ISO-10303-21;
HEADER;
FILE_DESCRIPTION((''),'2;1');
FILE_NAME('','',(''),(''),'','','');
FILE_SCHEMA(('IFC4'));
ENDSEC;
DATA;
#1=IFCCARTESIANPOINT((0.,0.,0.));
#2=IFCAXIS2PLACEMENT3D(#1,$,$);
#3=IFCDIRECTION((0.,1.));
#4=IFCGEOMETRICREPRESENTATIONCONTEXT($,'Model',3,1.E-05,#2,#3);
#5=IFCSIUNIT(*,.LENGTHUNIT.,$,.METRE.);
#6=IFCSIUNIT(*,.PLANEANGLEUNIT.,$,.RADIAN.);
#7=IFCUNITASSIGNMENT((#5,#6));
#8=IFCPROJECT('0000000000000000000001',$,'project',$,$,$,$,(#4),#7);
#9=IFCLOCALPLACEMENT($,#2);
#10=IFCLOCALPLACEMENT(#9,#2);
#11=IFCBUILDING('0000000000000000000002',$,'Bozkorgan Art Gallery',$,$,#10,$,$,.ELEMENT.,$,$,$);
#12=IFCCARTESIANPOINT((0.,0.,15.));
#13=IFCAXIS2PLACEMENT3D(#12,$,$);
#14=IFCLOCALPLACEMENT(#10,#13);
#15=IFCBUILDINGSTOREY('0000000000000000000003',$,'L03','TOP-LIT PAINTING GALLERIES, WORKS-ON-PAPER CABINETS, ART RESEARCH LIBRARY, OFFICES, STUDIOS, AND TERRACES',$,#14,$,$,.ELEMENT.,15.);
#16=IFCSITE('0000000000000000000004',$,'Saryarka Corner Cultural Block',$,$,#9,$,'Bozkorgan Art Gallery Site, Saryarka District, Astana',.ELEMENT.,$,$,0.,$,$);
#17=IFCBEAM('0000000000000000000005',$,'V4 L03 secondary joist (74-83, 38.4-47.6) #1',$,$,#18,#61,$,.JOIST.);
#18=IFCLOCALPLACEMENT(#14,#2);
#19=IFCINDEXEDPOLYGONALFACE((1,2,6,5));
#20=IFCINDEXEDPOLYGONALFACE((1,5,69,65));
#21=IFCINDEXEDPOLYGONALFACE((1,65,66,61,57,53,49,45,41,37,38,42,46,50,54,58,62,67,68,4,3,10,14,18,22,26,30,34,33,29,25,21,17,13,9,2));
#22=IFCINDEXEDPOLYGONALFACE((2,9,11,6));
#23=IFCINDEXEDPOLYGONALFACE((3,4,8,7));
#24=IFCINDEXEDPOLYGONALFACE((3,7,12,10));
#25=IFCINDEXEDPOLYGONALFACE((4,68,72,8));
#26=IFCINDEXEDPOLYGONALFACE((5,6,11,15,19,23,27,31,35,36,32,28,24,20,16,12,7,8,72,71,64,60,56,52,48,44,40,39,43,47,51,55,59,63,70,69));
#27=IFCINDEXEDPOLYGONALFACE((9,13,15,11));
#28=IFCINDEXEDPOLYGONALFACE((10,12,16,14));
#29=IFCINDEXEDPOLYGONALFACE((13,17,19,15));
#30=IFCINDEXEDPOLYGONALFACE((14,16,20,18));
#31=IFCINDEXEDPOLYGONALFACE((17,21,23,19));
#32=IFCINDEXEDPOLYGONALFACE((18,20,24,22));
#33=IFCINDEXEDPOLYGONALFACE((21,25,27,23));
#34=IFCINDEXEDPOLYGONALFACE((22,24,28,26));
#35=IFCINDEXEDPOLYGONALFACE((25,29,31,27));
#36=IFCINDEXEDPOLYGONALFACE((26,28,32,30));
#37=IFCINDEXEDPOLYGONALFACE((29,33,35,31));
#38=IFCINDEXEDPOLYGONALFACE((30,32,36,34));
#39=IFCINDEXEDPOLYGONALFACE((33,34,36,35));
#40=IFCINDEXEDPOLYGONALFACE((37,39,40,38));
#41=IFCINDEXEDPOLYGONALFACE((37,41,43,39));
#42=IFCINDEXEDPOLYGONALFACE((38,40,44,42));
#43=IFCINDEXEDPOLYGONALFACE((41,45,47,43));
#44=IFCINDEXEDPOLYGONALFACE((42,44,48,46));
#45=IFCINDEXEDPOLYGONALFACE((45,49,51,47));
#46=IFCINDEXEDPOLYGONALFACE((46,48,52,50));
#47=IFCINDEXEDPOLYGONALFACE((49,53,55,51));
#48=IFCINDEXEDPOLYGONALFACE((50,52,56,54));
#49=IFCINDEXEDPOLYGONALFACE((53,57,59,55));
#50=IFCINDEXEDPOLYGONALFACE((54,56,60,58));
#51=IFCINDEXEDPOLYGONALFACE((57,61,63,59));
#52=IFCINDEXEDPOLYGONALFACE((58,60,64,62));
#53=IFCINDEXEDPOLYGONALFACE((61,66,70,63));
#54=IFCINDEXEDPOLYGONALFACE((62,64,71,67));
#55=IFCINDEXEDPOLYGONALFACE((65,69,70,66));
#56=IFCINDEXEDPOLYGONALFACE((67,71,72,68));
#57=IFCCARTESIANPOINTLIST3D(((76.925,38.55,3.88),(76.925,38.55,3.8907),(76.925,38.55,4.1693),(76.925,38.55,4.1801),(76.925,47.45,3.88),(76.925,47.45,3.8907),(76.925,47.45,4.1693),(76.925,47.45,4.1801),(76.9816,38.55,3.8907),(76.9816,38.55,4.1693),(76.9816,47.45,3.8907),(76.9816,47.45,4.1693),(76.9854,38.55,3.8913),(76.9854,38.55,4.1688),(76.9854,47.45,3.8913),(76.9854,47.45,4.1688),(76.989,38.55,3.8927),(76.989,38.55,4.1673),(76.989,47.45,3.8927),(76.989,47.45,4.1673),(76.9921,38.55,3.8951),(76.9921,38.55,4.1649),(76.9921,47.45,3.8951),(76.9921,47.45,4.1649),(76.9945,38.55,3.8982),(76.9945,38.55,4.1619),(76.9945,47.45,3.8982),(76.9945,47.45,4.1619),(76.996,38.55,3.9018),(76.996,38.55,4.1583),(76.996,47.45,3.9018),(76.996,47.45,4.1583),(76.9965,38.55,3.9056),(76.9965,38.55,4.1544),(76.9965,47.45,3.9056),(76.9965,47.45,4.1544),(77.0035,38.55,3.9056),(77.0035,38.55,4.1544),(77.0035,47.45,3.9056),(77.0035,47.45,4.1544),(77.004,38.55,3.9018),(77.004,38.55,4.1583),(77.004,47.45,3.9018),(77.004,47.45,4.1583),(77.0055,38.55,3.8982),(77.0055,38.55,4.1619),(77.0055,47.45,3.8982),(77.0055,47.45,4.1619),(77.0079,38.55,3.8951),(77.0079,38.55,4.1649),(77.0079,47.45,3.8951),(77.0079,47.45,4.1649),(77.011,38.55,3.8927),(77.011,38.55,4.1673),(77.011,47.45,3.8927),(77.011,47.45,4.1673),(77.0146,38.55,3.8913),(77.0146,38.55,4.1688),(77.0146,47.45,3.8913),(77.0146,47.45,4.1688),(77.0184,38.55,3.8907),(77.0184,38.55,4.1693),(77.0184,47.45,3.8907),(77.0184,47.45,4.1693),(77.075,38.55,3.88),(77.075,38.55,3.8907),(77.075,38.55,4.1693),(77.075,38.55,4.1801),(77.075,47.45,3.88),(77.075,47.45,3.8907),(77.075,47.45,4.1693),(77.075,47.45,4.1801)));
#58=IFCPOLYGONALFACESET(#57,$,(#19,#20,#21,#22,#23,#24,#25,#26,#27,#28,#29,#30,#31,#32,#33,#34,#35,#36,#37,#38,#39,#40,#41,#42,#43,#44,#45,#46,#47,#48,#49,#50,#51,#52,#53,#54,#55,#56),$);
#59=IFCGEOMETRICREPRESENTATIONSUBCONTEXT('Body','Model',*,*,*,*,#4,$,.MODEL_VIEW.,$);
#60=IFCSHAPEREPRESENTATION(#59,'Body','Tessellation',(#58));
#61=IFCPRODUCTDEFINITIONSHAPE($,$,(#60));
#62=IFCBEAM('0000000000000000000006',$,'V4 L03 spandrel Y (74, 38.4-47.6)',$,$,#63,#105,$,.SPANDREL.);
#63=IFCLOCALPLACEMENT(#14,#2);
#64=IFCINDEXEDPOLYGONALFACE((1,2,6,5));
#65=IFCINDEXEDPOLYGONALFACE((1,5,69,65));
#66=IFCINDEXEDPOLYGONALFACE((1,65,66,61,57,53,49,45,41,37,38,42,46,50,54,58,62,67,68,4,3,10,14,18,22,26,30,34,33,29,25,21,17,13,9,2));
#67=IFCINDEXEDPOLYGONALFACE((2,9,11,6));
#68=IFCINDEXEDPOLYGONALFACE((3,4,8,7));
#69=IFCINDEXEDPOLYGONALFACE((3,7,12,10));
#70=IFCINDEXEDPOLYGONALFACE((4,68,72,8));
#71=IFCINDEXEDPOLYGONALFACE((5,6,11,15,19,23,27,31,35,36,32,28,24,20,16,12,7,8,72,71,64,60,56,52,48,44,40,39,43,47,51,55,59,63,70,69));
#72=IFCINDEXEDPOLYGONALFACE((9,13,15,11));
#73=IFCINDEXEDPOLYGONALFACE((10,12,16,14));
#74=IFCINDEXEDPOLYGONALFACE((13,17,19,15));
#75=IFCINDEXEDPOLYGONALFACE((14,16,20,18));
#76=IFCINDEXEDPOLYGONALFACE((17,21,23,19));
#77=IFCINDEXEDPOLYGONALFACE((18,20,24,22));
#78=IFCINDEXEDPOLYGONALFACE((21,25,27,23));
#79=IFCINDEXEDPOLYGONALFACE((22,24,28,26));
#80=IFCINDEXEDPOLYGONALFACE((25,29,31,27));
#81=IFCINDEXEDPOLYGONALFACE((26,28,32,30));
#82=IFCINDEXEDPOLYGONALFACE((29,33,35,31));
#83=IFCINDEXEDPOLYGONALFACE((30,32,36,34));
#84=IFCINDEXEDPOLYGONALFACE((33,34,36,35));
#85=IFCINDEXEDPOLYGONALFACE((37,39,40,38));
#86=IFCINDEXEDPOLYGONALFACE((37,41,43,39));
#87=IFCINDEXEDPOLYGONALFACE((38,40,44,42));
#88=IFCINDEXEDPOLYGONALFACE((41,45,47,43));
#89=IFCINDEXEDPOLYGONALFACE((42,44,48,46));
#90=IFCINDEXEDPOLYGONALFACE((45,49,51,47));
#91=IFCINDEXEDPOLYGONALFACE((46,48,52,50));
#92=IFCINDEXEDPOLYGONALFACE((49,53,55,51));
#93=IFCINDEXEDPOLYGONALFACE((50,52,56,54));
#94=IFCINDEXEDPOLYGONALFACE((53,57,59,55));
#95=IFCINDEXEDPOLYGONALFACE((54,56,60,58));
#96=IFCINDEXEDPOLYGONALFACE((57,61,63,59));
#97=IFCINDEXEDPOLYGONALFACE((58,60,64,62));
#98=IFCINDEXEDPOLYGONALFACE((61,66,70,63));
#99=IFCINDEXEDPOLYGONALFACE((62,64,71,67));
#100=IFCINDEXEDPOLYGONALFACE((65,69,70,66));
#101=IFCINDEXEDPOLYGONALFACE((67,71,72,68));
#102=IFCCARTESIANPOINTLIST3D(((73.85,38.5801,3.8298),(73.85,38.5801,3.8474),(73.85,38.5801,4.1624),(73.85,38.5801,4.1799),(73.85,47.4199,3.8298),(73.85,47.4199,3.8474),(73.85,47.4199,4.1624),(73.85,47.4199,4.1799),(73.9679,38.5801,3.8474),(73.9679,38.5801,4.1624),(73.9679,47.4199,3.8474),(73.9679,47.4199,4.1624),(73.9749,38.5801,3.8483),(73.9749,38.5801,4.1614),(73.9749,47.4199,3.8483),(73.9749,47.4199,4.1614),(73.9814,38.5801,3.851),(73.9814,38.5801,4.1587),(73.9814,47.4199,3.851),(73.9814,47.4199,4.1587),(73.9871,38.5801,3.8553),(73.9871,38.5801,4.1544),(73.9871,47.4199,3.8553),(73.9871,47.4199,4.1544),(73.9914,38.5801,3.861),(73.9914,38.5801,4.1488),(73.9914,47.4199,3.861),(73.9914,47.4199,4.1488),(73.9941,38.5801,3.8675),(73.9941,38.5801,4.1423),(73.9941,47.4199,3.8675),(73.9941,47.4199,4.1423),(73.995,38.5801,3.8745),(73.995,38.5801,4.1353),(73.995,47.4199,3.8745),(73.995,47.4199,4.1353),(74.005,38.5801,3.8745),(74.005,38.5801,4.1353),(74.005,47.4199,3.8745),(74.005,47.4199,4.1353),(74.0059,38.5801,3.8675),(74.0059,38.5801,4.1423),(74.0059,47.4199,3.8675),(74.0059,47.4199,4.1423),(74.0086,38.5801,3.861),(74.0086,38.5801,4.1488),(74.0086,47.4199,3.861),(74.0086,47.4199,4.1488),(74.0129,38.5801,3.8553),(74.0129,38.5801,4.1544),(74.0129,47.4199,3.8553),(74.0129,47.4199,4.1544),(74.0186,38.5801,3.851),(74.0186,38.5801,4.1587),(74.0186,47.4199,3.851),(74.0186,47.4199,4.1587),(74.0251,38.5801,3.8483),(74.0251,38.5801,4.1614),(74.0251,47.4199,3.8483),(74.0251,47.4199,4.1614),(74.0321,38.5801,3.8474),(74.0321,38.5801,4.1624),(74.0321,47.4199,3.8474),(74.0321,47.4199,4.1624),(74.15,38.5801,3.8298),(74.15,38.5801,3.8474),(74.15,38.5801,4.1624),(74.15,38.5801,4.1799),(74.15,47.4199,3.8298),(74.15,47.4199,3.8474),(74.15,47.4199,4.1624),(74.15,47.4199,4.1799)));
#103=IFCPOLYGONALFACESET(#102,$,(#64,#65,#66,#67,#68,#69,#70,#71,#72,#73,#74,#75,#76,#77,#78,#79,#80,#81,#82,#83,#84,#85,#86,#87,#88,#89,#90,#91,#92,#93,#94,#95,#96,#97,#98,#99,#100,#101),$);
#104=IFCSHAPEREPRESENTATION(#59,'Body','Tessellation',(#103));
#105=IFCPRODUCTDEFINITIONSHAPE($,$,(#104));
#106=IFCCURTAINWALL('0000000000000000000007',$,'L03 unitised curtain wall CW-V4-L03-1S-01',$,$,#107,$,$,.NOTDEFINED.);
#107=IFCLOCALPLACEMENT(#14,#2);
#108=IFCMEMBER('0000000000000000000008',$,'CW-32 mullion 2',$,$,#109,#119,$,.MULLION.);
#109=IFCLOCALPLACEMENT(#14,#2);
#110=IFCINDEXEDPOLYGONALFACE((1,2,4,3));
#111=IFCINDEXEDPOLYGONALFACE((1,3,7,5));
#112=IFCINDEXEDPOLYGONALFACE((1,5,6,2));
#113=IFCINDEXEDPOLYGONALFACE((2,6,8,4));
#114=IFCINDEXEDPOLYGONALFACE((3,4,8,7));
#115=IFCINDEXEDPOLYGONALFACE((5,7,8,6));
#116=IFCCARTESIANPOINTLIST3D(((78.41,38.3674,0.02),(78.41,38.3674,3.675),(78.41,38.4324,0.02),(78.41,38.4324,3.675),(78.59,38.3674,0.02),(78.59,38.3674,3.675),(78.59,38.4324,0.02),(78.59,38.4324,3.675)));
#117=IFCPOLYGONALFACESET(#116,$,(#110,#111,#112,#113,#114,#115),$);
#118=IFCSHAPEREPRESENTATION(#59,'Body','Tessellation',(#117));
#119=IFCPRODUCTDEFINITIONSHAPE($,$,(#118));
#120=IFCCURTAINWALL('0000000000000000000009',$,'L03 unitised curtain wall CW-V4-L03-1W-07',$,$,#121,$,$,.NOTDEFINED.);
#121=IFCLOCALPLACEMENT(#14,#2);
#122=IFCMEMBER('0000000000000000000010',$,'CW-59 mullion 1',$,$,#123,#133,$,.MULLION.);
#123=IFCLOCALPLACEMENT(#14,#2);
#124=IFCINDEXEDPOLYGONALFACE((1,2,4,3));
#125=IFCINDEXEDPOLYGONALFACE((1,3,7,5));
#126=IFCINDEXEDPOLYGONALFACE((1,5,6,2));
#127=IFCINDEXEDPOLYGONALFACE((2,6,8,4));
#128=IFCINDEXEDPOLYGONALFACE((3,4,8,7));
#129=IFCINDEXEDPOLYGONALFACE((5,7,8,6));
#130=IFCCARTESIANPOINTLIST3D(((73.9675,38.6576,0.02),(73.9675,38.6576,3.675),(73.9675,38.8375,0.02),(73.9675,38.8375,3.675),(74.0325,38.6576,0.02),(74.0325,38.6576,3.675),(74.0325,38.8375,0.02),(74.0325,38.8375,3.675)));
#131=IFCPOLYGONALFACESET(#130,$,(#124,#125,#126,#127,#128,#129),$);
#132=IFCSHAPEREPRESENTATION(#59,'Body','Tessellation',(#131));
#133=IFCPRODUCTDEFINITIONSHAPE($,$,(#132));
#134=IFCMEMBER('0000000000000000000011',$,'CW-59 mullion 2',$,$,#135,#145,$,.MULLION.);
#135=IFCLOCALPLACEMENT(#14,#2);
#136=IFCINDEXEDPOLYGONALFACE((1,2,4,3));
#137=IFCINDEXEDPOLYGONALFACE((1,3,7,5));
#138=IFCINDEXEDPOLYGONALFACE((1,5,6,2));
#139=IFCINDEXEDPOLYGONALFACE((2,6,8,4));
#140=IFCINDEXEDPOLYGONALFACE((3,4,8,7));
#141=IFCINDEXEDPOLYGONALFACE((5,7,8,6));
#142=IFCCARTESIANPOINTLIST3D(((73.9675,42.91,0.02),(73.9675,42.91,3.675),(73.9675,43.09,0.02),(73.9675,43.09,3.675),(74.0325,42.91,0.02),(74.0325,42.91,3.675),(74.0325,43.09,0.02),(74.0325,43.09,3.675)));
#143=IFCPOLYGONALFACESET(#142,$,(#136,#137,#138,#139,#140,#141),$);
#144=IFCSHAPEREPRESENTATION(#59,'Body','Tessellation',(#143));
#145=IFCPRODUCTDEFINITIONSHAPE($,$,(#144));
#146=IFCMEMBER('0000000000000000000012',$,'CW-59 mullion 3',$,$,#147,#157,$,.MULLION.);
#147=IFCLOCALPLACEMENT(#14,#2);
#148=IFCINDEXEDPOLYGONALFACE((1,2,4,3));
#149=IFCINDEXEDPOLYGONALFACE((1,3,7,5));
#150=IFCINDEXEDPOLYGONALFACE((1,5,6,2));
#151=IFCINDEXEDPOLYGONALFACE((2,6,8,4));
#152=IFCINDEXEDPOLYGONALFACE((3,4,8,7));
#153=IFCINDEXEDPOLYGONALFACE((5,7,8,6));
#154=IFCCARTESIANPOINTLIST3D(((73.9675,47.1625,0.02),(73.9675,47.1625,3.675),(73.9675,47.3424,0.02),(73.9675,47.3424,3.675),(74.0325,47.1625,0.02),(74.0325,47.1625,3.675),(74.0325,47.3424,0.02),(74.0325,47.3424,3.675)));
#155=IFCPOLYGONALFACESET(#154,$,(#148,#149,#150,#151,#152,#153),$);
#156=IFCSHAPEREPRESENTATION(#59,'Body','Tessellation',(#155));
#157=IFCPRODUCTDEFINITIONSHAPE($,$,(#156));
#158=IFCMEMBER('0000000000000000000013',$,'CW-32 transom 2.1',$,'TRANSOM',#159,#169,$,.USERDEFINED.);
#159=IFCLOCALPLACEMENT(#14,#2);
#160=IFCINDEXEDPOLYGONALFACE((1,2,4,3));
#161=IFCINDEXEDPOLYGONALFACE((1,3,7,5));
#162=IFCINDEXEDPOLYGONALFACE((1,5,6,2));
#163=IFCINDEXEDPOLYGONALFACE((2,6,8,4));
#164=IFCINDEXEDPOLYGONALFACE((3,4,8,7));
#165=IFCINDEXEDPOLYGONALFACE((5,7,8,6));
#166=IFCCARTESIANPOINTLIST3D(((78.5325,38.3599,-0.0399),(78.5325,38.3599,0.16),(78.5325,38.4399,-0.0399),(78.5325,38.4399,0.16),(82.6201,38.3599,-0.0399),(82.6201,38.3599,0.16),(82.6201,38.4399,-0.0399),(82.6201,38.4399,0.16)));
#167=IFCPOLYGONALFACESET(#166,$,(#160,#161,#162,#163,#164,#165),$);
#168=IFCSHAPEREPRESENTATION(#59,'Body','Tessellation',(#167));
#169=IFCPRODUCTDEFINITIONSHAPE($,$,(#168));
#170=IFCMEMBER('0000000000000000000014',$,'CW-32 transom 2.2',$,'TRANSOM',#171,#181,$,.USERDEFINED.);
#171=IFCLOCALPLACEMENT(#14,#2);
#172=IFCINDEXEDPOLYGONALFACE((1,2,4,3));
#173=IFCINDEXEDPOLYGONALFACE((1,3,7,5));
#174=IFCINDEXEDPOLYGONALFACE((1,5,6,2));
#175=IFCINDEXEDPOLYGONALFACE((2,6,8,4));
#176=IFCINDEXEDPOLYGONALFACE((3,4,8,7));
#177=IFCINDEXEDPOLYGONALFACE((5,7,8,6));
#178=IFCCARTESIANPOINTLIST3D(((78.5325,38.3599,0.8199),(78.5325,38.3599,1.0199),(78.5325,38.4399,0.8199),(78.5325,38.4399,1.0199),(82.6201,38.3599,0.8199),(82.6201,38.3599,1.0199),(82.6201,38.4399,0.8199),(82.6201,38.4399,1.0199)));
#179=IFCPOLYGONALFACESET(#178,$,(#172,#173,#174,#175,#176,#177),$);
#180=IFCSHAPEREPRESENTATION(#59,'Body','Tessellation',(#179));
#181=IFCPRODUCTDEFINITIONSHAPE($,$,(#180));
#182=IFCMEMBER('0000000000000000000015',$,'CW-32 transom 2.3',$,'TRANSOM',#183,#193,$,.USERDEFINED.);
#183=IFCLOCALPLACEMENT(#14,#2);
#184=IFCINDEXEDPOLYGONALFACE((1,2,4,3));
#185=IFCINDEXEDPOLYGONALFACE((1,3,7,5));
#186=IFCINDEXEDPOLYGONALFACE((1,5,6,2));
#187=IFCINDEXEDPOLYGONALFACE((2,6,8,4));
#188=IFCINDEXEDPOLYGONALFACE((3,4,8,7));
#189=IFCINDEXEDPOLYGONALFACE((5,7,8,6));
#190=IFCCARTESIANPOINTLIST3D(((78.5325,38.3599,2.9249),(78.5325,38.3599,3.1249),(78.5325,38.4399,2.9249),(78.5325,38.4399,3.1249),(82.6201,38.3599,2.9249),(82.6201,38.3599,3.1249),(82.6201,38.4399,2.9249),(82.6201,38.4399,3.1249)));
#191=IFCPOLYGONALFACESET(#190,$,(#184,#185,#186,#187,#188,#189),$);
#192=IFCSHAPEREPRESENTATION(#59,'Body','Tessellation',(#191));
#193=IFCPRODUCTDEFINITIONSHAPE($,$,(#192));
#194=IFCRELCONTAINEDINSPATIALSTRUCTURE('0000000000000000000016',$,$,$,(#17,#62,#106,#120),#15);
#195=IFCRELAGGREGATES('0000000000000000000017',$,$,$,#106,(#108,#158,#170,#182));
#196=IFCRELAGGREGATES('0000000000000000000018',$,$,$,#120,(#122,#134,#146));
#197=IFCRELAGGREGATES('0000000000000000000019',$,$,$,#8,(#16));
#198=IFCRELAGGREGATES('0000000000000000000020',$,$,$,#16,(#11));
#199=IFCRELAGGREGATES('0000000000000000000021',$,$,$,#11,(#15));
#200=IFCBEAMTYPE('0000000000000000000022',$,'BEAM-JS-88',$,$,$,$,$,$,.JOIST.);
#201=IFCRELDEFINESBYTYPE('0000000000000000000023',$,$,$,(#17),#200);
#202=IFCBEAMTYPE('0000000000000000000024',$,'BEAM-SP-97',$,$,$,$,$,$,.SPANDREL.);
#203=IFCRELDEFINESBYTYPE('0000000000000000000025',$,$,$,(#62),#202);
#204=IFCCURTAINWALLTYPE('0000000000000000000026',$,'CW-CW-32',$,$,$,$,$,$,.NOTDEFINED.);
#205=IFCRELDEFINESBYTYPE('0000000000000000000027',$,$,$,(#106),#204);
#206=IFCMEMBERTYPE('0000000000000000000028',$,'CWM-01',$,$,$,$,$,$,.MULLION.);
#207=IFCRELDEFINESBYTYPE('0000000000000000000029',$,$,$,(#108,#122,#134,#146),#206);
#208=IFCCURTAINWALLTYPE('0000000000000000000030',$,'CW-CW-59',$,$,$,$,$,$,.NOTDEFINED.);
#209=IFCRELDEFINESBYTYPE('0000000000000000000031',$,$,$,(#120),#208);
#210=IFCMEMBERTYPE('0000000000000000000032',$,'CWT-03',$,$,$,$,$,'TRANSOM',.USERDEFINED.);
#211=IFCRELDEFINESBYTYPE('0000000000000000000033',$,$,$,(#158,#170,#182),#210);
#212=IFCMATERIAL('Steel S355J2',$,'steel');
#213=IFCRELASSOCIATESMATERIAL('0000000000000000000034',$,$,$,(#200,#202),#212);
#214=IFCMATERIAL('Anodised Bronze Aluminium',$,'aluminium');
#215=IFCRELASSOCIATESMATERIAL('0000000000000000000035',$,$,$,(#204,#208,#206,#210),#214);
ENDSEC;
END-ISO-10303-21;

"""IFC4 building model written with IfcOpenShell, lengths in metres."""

from ifc_helpers import new_model, si_unit, direction, frame, origin, origin_2d, place, context, subcontext, project, spatial, rectangle, i_section, extrude, material, material_profile, profile_set, type_object, element, aggregate, save


model = new_model("IFC4")

# Units and contexts
model_context = context("Model", 3, precision=1e-05, world=origin(), true_north=direction((0.0, 1.0)))
body_context = subcontext(model_context, "Body", "Model", "MODEL_VIEW")
ifc_project = project(units=[si_unit("LENGTHUNIT", "METRE"), si_unit("PLANEANGLEUNIT", "RADIAN")], contexts=[model_context])

# Site, building, storey
site_placement = place(None, origin())
site = spatial("IfcSite", under=ifc_project, at=site_placement, Name="Saryarka Corner Cultural Block", LongName="Bozkorgan Art Gallery Site, Saryarka District, Astana", CompositionType="ELEMENT", RefElevation=0.0)
building_placement = place(site_placement, origin())
building = spatial("IfcBuilding", under=site, at=building_placement, Name="Bozkorgan Art Gallery", CompositionType="ELEMENT")
storey_placement = place(building_placement, frame((0.0, 0.0, 15.0)))
storey = spatial("IfcBuildingStorey", under=building, at=storey_placement, Name="L03", Description="TOP-LIT PAINTING GALLERIES, WORKS-ON-PAPER CABINETS, ART RESEARCH LIBRARY, OFFICES, STUDIOS, AND TERRACES", CompositionType="ELEMENT", Elevation=15.0)

# Beams
ifc_material_1 = material(Name="Steel S355J2", Category="steel")
ifc_material_profile_1 = material_profile(ifc_material_1, i_section(OverallWidth=0.1499, OverallDepth=0.3, WebThickness=0.0071, FlangeThickness=0.0107, FilletRadius=0.0149, at=origin_2d()), Name="IPE 300")
ifc_profile_set_1 = profile_set([ifc_material_profile_1], Name="Steel S355J2")
beam_type_1 = type_object("IfcBeamType", Name="BEAM-JS-88", PredefinedType="JOIST", material=ifc_profile_set_1)
beam_1_placement = place(storey_placement, frame((77.0, 38.55, 4.03), z_axis=(0.0, 1.0, 0.0), x_axis=(-1.0, 0.0, 0.0)))
element("IfcBeam", 1, at=beam_1_placement, inside=storey, type_object=beam_type_1, Name="V4 L03 secondary joist (74-83, 38.4-47.6) #1", PredefinedType="JOIST", context=body_context, shape_type="SweptSolid", body=[
    extrude(i_section(OverallWidth=0.1499, OverallDepth=0.3, WebThickness=0.0071, FlangeThickness=0.0107, FilletRadius=0.0149, at=origin_2d()), origin(), (0.0, 0.0, 1.0), 8.8999),
])
ifc_material_profile_2 = material_profile(ifc_material_1, i_section(OverallWidth=0.3, OverallDepth=0.3501, WebThickness=0.01, FlangeThickness=0.0176, FilletRadius=0.0271, at=origin_2d()), Name="HEA 360")
ifc_profile_set_2 = profile_set([ifc_material_profile_2], Name="Steel S355J2")
beam_type_2 = type_object("IfcBeamType", Name="BEAM-SP-97", PredefinedType="SPANDREL", material=ifc_profile_set_2)
beam_2_placement = place(storey_placement, frame((74.0, 38.5801, 4.0049), z_axis=(0.0, 1.0, 0.0), x_axis=(-1.0, 0.0, 0.0)))
element("IfcBeam", 2, at=beam_2_placement, inside=storey, type_object=beam_type_2, Name="V4 L03 spandrel Y (74, 38.4-47.6)", PredefinedType="SPANDREL", context=body_context, shape_type="SweptSolid", body=[
    extrude(i_section(OverallWidth=0.3, OverallDepth=0.3501, WebThickness=0.01, FlangeThickness=0.0176, FilletRadius=0.0271, at=origin_2d()), origin(), (0.0, 0.0, 1.0), 8.8398),
])

# Curtain wall, member
ifc_material_2 = material(Name="Anodised Bronze Aluminium", Category="aluminium")
curtain_wall_type_1 = type_object("IfcCurtainWallType", Name="CW-CW-32", PredefinedType="NOTDEFINED", material=ifc_material_2)
curtain_wall_1_placement = place(storey_placement, origin())
curtain_wall_1 = element("IfcCurtainWall", 3, at=curtain_wall_1_placement, inside=storey, type_object=curtain_wall_type_1, Name="L03 unitised curtain wall CW-V4-L03-1S-01", PredefinedType="NOTDEFINED")
ifc_material_profile_3 = material_profile(ifc_material_2, rectangle(XDim=0.0649, YDim=0.1799, at=origin_2d()), Name="ALU MULLION 65x180")
ifc_profile_set_3 = profile_set([ifc_material_profile_3], Name="Anodised Bronze Aluminium")
member_type_1 = type_object("IfcMemberType", Name="CWM-01", PredefinedType="MULLION", material=ifc_profile_set_3)
member_1_placement = place(storey_placement, frame((78.5, 38.3999, 0.02), z_axis=(0.0, 0.0, 1.0), x_axis=(0.0, 1.0, 0.0)))
member_1 = element("IfcMember", 4, at=member_1_placement, type_object=member_type_1, Name="CW-32 mullion 2", PredefinedType="MULLION", context=body_context, shape_type="SweptSolid", body=[
    extrude(rectangle(XDim=0.0649, YDim=0.1799, at=origin_2d()), origin(), (0.0, 0.0, 1.0), 3.655),
])

# Curtain wall, members
curtain_wall_type_2 = type_object("IfcCurtainWallType", Name="CW-CW-59", PredefinedType="NOTDEFINED", material=ifc_material_2)
curtain_wall_2_placement = place(storey_placement, origin())
curtain_wall_2 = element("IfcCurtainWall", 5, at=curtain_wall_2_placement, inside=storey, type_object=curtain_wall_type_2, Name="L03 unitised curtain wall CW-V4-L03-1W-07", PredefinedType="NOTDEFINED")
member_2_placement = place(storey_placement, frame((74.0, 38.7476, 0.02), z_axis=(0.0, 0.0, 1.0), x_axis=(-1.0, 0.0, 0.0)))
member_2 = element("IfcMember", 6, at=member_2_placement, type_object=member_type_1, Name="CW-59 mullion 1", PredefinedType="MULLION", context=body_context, shape_type="SweptSolid", body=[
    extrude(rectangle(XDim=0.0649, YDim=0.1799, at=origin_2d()), origin(), (0.0, 0.0, 1.0), 3.655),
])
member_3_placement = place(storey_placement, frame((74.0, 43.0, 0.02), z_axis=(0.0, 0.0, 1.0), x_axis=(-1.0, 0.0, 0.0)))
member_3 = element("IfcMember", 7, at=member_3_placement, type_object=member_type_1, Name="CW-59 mullion 2", PredefinedType="MULLION", context=body_context, shape_type="SweptSolid", body=[
    extrude(rectangle(XDim=0.0649, YDim=0.1799, at=origin_2d()), origin(), (0.0, 0.0, 1.0), 3.655),
])
member_4_placement = place(storey_placement, frame((74.0, 47.2524, 0.02), z_axis=(0.0, 0.0, 1.0), x_axis=(-1.0, 0.0, 0.0)))
member_4 = element("IfcMember", 8, at=member_4_placement, type_object=member_type_1, Name="CW-59 mullion 3", PredefinedType="MULLION", context=body_context, shape_type="SweptSolid", body=[
    extrude(rectangle(XDim=0.0649, YDim=0.1799, at=origin_2d()), origin(), (0.0, 0.0, 1.0), 3.655),
])

# Members
ifc_material_profile_4 = material_profile(ifc_material_2, rectangle(XDim=0.0801, YDim=0.2, at=origin_2d()), Name="ALU TRANSOM 80x200")
ifc_profile_set_4 = profile_set([ifc_material_profile_4], Name="Anodised Bronze Aluminium")
member_type_2 = type_object("IfcMemberType", Name="CWT-03", ElementType="TRANSOM", PredefinedType="USERDEFINED", material=ifc_profile_set_4)
member_5_placement = place(storey_placement, frame((78.5325, 38.3999, 0.0601), z_axis=(1.0, 0.0, 0.0), x_axis=(0.0, 1.0, 0.0)))
member_5 = element("IfcMember", 9, at=member_5_placement, type_object=member_type_2, Name="CW-32 transom 2.1", ObjectType="TRANSOM", PredefinedType="USERDEFINED", context=body_context, shape_type="SweptSolid", body=[
    extrude(rectangle(XDim=0.0801, YDim=0.2, at=origin_2d()), origin(), (0.0, 0.0, 1.0), 4.0876),
])
member_6_placement = place(storey_placement, frame((78.5325, 38.3999, 0.9199), z_axis=(1.0, 0.0, 0.0), x_axis=(0.0, 1.0, 0.0)))
member_6 = element("IfcMember", 10, at=member_6_placement, type_object=member_type_2, Name="CW-32 transom 2.2", ObjectType="TRANSOM", PredefinedType="USERDEFINED", context=body_context, shape_type="SweptSolid", body=[
    extrude(rectangle(XDim=0.0801, YDim=0.2, at=origin_2d()), origin(), (0.0, 0.0, 1.0), 4.0876),
])
member_7_placement = place(storey_placement, frame((78.5325, 38.3999, 3.0249), z_axis=(1.0, 0.0, 0.0), x_axis=(0.0, 1.0, 0.0)))
member_7 = element("IfcMember", 11, at=member_7_placement, type_object=member_type_2, Name="CW-32 transom 2.3", ObjectType="TRANSOM", PredefinedType="USERDEFINED", context=body_context, shape_type="SweptSolid", body=[
    extrude(rectangle(XDim=0.0801, YDim=0.2, at=origin_2d()), origin(), (0.0, 0.0, 1.0), 4.0876),
])

aggregate(curtain_wall_1, [member_1, member_5, member_6, member_7])
aggregate(curtain_wall_2, [member_2, member_3, member_4])

save(model, "model.ifc")
